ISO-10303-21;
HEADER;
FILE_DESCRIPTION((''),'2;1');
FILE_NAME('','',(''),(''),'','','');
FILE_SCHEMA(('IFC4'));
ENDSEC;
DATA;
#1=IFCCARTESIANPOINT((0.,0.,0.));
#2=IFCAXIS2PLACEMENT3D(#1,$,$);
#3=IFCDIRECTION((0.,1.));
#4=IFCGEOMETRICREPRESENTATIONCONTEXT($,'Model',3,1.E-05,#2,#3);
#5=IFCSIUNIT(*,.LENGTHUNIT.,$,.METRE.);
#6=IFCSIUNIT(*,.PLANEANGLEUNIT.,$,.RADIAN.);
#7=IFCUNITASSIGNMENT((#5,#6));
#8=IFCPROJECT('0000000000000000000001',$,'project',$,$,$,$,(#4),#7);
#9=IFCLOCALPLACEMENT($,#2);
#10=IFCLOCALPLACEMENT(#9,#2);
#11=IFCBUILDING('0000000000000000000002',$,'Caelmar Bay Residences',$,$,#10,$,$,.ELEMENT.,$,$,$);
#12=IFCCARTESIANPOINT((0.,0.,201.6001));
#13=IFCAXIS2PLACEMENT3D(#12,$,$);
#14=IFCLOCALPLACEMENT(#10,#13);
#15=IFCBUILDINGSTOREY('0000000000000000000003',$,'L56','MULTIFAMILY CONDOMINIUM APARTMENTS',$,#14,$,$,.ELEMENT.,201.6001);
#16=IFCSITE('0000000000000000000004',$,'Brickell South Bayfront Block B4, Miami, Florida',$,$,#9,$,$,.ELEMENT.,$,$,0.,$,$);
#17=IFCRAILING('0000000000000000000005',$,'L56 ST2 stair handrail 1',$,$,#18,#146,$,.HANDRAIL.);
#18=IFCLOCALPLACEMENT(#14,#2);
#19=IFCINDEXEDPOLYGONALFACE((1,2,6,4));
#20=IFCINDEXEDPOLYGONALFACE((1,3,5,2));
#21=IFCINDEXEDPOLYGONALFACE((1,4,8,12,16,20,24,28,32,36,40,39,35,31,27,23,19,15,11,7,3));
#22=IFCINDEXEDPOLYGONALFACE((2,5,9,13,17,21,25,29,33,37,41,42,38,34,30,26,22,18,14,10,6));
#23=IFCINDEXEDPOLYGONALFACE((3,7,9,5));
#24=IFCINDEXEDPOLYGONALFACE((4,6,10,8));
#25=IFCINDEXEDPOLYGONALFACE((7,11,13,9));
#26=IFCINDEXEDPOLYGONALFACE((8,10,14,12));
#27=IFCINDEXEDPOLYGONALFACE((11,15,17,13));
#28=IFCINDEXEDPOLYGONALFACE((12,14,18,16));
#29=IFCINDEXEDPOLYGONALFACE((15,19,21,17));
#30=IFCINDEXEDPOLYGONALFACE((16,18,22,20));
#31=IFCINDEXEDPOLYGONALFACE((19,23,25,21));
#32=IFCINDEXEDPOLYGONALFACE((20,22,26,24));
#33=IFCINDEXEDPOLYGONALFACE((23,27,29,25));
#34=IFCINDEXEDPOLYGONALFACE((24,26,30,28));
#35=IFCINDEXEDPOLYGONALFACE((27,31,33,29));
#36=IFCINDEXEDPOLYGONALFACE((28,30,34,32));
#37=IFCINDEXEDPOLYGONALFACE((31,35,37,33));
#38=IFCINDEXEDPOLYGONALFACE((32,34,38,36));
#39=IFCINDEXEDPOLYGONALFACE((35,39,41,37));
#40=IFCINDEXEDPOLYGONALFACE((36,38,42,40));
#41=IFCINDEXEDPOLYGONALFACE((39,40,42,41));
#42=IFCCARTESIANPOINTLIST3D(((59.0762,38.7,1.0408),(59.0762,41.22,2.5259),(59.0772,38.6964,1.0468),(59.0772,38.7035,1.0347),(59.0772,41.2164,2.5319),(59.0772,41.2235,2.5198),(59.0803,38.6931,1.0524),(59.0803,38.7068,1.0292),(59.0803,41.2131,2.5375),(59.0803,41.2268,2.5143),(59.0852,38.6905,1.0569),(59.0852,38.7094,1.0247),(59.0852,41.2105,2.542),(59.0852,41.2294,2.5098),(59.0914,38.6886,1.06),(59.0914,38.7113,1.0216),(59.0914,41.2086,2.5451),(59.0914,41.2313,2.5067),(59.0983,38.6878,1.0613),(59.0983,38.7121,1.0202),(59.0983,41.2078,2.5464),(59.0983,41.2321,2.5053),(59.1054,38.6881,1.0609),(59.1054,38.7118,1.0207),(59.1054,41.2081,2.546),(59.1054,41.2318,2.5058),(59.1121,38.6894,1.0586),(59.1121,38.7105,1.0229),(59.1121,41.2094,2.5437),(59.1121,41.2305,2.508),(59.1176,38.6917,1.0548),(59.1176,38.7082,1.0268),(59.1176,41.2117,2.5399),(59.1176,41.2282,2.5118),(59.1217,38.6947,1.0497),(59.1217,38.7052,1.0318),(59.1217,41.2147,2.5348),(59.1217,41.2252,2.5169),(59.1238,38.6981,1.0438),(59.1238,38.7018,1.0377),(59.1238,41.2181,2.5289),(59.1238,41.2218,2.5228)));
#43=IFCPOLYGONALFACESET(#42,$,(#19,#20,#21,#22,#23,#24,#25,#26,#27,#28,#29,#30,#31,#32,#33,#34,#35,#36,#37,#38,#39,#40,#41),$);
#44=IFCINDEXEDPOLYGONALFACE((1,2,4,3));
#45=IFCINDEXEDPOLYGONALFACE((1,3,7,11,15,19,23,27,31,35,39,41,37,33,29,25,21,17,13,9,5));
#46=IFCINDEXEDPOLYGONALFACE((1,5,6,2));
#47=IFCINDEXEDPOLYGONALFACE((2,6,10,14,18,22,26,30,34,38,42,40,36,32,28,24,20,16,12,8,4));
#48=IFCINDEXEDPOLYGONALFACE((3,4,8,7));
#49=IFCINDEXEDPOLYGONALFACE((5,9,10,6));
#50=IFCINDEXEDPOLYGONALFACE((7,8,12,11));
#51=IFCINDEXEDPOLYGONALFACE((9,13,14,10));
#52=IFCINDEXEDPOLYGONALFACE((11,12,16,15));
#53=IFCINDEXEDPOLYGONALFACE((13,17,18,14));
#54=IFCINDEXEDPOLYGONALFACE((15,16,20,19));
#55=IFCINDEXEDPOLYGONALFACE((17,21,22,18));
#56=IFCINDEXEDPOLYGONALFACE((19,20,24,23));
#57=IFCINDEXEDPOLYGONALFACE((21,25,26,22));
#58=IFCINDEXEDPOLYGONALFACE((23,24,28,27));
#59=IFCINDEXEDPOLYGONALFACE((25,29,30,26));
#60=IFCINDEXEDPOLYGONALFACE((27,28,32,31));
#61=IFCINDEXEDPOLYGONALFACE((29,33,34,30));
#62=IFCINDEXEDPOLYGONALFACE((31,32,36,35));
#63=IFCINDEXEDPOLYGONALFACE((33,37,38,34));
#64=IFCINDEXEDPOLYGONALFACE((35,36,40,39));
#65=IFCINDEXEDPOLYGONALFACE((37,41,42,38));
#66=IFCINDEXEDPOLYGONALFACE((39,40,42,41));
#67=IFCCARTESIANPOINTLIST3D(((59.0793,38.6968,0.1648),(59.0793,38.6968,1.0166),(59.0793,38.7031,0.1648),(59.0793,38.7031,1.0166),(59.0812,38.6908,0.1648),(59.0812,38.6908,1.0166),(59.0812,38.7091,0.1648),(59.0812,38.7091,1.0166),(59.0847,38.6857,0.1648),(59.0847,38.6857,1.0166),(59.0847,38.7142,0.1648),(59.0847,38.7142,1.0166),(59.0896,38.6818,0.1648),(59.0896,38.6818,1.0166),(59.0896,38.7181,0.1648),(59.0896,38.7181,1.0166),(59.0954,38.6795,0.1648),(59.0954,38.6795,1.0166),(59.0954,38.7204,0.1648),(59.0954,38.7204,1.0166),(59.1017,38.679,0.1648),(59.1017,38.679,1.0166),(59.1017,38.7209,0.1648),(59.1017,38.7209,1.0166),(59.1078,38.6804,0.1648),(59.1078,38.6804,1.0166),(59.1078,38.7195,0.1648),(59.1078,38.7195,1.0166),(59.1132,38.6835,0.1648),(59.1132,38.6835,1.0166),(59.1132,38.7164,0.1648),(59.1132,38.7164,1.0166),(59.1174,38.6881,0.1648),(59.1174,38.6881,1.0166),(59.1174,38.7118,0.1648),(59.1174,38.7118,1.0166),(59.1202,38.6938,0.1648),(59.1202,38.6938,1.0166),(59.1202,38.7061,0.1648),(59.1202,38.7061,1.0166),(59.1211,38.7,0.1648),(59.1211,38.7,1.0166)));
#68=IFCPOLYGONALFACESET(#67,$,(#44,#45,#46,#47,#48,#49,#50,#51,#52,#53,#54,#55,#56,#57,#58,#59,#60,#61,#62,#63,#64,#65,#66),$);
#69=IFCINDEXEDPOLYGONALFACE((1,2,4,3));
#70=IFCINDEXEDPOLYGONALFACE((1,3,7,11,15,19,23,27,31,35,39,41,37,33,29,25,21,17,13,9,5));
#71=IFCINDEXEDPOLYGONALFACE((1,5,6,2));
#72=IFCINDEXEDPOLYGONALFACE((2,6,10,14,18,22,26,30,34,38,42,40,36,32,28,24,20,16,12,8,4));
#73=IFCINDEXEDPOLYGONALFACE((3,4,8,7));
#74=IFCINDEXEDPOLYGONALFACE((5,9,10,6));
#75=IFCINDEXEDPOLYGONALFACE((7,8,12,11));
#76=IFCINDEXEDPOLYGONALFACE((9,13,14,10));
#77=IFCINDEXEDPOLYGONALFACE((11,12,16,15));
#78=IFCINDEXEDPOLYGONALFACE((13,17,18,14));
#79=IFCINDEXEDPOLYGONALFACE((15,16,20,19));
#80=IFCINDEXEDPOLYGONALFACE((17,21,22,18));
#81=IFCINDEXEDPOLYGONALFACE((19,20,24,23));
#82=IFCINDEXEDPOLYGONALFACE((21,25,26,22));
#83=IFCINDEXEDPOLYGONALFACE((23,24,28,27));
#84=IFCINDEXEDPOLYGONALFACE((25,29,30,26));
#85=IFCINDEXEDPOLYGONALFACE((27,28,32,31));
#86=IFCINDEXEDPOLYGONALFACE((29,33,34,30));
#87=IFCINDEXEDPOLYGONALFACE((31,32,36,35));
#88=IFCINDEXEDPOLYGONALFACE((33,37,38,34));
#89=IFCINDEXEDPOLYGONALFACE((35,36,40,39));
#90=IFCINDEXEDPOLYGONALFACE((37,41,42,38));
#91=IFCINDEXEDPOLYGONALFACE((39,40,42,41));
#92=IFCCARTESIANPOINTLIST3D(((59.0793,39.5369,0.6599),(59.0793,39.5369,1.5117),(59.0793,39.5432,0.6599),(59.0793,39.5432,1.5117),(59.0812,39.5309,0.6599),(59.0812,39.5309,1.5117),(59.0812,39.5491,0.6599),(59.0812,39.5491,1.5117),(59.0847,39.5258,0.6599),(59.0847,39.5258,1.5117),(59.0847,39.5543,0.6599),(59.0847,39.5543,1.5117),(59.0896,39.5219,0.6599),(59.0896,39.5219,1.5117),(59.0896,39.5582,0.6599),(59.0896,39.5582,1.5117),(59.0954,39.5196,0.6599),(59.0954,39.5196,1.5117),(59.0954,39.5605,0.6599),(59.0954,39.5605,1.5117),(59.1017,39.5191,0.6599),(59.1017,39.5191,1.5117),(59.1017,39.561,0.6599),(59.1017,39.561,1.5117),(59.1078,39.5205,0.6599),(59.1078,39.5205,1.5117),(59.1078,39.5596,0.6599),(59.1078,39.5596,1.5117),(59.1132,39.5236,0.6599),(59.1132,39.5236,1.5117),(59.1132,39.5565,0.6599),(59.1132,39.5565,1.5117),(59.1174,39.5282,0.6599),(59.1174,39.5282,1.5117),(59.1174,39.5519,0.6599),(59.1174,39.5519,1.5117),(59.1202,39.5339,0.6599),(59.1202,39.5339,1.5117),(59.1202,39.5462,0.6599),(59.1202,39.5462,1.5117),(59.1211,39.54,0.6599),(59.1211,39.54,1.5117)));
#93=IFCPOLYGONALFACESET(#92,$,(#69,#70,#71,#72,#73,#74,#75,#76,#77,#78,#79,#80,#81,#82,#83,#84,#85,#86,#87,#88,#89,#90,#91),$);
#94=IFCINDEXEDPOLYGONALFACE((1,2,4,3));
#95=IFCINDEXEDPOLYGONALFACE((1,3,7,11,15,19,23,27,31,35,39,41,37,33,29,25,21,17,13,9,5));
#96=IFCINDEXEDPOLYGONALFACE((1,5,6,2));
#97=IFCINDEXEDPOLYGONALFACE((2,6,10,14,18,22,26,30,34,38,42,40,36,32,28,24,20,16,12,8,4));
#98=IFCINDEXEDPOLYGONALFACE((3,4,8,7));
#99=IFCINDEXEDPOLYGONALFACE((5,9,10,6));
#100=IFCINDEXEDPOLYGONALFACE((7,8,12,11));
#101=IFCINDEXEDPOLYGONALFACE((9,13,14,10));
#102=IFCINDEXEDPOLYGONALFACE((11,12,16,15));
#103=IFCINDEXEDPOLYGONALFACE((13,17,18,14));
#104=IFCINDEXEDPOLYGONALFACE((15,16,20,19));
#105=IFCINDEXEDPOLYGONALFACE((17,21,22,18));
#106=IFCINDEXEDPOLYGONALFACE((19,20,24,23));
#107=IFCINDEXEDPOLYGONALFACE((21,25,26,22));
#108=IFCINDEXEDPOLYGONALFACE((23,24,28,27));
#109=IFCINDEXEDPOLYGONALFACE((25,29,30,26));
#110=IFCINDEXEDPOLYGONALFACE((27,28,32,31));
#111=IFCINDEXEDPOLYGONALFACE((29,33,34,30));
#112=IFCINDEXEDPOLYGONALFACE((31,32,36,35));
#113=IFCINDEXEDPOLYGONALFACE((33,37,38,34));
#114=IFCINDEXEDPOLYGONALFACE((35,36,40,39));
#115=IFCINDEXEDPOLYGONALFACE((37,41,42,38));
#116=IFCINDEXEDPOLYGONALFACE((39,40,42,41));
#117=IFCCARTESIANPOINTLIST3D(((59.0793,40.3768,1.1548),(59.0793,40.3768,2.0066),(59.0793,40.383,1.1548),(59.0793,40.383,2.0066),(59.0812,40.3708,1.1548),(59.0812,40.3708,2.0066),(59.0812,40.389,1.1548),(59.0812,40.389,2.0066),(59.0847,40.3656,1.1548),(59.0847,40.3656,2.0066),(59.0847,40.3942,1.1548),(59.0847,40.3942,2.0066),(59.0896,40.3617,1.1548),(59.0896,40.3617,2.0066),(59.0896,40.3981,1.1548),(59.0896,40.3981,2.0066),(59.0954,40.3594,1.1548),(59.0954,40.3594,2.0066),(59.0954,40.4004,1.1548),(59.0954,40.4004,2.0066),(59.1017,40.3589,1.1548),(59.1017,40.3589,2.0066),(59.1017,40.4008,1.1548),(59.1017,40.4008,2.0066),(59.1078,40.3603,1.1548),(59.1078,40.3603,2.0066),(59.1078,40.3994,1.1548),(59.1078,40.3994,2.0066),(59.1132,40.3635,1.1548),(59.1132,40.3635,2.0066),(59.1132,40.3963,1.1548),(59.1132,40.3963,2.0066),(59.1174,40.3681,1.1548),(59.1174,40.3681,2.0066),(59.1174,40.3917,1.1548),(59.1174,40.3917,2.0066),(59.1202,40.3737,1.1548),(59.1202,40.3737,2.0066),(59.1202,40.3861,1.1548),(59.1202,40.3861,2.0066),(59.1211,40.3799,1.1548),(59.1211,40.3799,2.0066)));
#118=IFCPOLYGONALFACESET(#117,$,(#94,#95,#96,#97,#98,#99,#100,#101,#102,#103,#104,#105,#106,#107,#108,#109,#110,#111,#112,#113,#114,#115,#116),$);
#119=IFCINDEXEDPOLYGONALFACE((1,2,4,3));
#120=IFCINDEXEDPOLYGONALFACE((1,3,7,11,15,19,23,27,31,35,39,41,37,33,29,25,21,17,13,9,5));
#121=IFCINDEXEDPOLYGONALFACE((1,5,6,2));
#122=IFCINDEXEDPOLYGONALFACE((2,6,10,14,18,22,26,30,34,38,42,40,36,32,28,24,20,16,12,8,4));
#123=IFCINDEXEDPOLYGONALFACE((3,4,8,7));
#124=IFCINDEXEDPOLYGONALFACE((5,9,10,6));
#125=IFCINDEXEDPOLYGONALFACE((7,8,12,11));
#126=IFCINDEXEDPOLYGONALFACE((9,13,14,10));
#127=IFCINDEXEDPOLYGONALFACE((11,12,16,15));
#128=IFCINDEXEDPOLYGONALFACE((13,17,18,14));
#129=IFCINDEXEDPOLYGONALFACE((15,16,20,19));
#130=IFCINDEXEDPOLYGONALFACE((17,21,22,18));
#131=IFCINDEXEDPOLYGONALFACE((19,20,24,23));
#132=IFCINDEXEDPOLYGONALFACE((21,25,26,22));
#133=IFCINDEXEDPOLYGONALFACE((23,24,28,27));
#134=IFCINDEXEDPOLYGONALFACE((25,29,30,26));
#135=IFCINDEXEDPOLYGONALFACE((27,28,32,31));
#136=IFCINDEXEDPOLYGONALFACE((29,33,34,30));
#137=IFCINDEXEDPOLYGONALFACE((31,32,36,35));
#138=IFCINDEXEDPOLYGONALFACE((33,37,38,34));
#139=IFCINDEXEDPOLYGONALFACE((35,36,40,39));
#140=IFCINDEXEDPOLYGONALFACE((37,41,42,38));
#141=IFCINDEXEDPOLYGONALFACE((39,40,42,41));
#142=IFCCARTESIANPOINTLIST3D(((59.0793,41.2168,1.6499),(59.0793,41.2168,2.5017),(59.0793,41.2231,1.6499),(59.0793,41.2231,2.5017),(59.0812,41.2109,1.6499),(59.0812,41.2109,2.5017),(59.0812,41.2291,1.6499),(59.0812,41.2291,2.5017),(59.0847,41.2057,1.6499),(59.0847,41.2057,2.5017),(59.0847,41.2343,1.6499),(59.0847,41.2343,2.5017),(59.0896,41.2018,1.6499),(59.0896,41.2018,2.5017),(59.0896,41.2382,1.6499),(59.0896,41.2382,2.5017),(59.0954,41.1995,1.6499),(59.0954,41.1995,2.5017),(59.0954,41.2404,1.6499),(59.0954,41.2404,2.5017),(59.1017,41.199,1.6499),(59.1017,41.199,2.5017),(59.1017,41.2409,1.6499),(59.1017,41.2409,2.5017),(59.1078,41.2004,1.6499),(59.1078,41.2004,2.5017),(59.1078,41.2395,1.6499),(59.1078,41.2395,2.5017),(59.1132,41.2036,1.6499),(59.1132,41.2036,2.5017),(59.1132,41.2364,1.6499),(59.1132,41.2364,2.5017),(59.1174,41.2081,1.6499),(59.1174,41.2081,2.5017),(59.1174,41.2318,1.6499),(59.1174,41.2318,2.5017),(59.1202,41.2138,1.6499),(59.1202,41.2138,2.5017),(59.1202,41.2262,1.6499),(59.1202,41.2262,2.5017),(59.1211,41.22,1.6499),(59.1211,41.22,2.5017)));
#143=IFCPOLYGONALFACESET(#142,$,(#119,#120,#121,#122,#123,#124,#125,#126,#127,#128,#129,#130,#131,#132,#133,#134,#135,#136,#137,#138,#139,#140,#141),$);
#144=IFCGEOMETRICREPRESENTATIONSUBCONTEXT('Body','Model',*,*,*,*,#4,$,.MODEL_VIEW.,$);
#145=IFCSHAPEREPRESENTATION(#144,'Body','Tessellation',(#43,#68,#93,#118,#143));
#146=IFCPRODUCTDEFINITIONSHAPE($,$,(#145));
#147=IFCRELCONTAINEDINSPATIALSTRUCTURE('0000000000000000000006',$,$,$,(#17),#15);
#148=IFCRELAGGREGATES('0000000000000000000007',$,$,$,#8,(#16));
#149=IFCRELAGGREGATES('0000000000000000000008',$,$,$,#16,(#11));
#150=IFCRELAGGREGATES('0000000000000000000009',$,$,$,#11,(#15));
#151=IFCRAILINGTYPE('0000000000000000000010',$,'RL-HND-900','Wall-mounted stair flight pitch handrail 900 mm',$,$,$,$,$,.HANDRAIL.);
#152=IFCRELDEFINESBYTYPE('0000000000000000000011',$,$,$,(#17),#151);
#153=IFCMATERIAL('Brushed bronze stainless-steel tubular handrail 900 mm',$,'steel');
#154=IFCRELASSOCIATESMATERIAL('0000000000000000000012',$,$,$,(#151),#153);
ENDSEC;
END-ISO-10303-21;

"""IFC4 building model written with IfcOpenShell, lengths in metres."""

from ifc_helpers import new_model, si_unit, direction, frame, origin, origin_2d, place, context, subcontext, project, spatial, circle, extrude, material, type_object, element, save


model = new_model("IFC4")

# Units and contexts
model_context = context("Model", 3, precision=1e-05, world=origin(), true_north=direction((0.0, 1.0)))
body_context = subcontext(model_context, "Body", "Model", "MODEL_VIEW")
ifc_project = project(units=[si_unit("LENGTHUNIT", "METRE"), si_unit("PLANEANGLEUNIT", "RADIAN")], contexts=[model_context])

# Site, building, storey
site_placement = place(None, origin())
site = spatial("IfcSite", under=ifc_project, at=site_placement, Name="Brickell South Bayfront Block B4, Miami, Florida", CompositionType="ELEMENT", RefElevation=0.0)
building_placement = place(site_placement, origin())
building = spatial("IfcBuilding", under=site, at=building_placement, Name="Caelmar Bay Residences", CompositionType="ELEMENT")
storey_placement = place(building_placement, frame((0.0, 0.0, 201.6001)))
storey = spatial("IfcBuildingStorey", under=building, at=storey_placement, Name="L56", Description="MULTIFAMILY CONDOMINIUM APARTMENTS", CompositionType="ELEMENT", Elevation=201.6001)

# Railing
ifc_material_1 = material(Name="Brushed bronze stainless-steel tubular handrail 900 mm", Category="steel")
railing_type_1 = type_object("IfcRailingType", Name="RL-HND-900", Description="Wall-mounted stair flight pitch handrail 900 mm", PredefinedType="HANDRAIL", material=ifc_material_1)
railing_1_placement = place(storey_placement, frame((59.1001, 38.7, 0.1648)))
element("IfcRailing", 1, at=railing_1_placement, inside=storey, type_object=railing_type_1, Name="L56 ST2 stair handrail 1", PredefinedType="HANDRAIL", context=body_context, shape_type="SweptSolid", body=[
    extrude(circle(Radius=0.0239, at=origin_2d()), frame((0.0, 0.0, 0.876), z_axis=(0.0, 0.861524, 0.507717), x_axis=(-1.0, 0.0, 0.0)), (0.0, 0.0, 1.0), 2.925),
    extrude(circle(Radius=0.021, at=origin_2d()), origin(), (0.0, 0.0, 1.0), 0.8518),
    extrude(circle(Radius=0.021, at=origin_2d()), frame((0.0, 0.8401, 0.4951)), (0.0, 0.0, 1.0), 0.8518),
    extrude(circle(Radius=0.021, at=origin_2d()), frame((0.0, 1.6799, 0.99)), (0.0, 0.0, 1.0), 0.8518),
    extrude(circle(Radius=0.021, at=origin_2d()), frame((0.0, 2.52, 1.4851)), (0.0, 0.0, 1.0), 0.8518),
])

save(model, "model.ifc")
